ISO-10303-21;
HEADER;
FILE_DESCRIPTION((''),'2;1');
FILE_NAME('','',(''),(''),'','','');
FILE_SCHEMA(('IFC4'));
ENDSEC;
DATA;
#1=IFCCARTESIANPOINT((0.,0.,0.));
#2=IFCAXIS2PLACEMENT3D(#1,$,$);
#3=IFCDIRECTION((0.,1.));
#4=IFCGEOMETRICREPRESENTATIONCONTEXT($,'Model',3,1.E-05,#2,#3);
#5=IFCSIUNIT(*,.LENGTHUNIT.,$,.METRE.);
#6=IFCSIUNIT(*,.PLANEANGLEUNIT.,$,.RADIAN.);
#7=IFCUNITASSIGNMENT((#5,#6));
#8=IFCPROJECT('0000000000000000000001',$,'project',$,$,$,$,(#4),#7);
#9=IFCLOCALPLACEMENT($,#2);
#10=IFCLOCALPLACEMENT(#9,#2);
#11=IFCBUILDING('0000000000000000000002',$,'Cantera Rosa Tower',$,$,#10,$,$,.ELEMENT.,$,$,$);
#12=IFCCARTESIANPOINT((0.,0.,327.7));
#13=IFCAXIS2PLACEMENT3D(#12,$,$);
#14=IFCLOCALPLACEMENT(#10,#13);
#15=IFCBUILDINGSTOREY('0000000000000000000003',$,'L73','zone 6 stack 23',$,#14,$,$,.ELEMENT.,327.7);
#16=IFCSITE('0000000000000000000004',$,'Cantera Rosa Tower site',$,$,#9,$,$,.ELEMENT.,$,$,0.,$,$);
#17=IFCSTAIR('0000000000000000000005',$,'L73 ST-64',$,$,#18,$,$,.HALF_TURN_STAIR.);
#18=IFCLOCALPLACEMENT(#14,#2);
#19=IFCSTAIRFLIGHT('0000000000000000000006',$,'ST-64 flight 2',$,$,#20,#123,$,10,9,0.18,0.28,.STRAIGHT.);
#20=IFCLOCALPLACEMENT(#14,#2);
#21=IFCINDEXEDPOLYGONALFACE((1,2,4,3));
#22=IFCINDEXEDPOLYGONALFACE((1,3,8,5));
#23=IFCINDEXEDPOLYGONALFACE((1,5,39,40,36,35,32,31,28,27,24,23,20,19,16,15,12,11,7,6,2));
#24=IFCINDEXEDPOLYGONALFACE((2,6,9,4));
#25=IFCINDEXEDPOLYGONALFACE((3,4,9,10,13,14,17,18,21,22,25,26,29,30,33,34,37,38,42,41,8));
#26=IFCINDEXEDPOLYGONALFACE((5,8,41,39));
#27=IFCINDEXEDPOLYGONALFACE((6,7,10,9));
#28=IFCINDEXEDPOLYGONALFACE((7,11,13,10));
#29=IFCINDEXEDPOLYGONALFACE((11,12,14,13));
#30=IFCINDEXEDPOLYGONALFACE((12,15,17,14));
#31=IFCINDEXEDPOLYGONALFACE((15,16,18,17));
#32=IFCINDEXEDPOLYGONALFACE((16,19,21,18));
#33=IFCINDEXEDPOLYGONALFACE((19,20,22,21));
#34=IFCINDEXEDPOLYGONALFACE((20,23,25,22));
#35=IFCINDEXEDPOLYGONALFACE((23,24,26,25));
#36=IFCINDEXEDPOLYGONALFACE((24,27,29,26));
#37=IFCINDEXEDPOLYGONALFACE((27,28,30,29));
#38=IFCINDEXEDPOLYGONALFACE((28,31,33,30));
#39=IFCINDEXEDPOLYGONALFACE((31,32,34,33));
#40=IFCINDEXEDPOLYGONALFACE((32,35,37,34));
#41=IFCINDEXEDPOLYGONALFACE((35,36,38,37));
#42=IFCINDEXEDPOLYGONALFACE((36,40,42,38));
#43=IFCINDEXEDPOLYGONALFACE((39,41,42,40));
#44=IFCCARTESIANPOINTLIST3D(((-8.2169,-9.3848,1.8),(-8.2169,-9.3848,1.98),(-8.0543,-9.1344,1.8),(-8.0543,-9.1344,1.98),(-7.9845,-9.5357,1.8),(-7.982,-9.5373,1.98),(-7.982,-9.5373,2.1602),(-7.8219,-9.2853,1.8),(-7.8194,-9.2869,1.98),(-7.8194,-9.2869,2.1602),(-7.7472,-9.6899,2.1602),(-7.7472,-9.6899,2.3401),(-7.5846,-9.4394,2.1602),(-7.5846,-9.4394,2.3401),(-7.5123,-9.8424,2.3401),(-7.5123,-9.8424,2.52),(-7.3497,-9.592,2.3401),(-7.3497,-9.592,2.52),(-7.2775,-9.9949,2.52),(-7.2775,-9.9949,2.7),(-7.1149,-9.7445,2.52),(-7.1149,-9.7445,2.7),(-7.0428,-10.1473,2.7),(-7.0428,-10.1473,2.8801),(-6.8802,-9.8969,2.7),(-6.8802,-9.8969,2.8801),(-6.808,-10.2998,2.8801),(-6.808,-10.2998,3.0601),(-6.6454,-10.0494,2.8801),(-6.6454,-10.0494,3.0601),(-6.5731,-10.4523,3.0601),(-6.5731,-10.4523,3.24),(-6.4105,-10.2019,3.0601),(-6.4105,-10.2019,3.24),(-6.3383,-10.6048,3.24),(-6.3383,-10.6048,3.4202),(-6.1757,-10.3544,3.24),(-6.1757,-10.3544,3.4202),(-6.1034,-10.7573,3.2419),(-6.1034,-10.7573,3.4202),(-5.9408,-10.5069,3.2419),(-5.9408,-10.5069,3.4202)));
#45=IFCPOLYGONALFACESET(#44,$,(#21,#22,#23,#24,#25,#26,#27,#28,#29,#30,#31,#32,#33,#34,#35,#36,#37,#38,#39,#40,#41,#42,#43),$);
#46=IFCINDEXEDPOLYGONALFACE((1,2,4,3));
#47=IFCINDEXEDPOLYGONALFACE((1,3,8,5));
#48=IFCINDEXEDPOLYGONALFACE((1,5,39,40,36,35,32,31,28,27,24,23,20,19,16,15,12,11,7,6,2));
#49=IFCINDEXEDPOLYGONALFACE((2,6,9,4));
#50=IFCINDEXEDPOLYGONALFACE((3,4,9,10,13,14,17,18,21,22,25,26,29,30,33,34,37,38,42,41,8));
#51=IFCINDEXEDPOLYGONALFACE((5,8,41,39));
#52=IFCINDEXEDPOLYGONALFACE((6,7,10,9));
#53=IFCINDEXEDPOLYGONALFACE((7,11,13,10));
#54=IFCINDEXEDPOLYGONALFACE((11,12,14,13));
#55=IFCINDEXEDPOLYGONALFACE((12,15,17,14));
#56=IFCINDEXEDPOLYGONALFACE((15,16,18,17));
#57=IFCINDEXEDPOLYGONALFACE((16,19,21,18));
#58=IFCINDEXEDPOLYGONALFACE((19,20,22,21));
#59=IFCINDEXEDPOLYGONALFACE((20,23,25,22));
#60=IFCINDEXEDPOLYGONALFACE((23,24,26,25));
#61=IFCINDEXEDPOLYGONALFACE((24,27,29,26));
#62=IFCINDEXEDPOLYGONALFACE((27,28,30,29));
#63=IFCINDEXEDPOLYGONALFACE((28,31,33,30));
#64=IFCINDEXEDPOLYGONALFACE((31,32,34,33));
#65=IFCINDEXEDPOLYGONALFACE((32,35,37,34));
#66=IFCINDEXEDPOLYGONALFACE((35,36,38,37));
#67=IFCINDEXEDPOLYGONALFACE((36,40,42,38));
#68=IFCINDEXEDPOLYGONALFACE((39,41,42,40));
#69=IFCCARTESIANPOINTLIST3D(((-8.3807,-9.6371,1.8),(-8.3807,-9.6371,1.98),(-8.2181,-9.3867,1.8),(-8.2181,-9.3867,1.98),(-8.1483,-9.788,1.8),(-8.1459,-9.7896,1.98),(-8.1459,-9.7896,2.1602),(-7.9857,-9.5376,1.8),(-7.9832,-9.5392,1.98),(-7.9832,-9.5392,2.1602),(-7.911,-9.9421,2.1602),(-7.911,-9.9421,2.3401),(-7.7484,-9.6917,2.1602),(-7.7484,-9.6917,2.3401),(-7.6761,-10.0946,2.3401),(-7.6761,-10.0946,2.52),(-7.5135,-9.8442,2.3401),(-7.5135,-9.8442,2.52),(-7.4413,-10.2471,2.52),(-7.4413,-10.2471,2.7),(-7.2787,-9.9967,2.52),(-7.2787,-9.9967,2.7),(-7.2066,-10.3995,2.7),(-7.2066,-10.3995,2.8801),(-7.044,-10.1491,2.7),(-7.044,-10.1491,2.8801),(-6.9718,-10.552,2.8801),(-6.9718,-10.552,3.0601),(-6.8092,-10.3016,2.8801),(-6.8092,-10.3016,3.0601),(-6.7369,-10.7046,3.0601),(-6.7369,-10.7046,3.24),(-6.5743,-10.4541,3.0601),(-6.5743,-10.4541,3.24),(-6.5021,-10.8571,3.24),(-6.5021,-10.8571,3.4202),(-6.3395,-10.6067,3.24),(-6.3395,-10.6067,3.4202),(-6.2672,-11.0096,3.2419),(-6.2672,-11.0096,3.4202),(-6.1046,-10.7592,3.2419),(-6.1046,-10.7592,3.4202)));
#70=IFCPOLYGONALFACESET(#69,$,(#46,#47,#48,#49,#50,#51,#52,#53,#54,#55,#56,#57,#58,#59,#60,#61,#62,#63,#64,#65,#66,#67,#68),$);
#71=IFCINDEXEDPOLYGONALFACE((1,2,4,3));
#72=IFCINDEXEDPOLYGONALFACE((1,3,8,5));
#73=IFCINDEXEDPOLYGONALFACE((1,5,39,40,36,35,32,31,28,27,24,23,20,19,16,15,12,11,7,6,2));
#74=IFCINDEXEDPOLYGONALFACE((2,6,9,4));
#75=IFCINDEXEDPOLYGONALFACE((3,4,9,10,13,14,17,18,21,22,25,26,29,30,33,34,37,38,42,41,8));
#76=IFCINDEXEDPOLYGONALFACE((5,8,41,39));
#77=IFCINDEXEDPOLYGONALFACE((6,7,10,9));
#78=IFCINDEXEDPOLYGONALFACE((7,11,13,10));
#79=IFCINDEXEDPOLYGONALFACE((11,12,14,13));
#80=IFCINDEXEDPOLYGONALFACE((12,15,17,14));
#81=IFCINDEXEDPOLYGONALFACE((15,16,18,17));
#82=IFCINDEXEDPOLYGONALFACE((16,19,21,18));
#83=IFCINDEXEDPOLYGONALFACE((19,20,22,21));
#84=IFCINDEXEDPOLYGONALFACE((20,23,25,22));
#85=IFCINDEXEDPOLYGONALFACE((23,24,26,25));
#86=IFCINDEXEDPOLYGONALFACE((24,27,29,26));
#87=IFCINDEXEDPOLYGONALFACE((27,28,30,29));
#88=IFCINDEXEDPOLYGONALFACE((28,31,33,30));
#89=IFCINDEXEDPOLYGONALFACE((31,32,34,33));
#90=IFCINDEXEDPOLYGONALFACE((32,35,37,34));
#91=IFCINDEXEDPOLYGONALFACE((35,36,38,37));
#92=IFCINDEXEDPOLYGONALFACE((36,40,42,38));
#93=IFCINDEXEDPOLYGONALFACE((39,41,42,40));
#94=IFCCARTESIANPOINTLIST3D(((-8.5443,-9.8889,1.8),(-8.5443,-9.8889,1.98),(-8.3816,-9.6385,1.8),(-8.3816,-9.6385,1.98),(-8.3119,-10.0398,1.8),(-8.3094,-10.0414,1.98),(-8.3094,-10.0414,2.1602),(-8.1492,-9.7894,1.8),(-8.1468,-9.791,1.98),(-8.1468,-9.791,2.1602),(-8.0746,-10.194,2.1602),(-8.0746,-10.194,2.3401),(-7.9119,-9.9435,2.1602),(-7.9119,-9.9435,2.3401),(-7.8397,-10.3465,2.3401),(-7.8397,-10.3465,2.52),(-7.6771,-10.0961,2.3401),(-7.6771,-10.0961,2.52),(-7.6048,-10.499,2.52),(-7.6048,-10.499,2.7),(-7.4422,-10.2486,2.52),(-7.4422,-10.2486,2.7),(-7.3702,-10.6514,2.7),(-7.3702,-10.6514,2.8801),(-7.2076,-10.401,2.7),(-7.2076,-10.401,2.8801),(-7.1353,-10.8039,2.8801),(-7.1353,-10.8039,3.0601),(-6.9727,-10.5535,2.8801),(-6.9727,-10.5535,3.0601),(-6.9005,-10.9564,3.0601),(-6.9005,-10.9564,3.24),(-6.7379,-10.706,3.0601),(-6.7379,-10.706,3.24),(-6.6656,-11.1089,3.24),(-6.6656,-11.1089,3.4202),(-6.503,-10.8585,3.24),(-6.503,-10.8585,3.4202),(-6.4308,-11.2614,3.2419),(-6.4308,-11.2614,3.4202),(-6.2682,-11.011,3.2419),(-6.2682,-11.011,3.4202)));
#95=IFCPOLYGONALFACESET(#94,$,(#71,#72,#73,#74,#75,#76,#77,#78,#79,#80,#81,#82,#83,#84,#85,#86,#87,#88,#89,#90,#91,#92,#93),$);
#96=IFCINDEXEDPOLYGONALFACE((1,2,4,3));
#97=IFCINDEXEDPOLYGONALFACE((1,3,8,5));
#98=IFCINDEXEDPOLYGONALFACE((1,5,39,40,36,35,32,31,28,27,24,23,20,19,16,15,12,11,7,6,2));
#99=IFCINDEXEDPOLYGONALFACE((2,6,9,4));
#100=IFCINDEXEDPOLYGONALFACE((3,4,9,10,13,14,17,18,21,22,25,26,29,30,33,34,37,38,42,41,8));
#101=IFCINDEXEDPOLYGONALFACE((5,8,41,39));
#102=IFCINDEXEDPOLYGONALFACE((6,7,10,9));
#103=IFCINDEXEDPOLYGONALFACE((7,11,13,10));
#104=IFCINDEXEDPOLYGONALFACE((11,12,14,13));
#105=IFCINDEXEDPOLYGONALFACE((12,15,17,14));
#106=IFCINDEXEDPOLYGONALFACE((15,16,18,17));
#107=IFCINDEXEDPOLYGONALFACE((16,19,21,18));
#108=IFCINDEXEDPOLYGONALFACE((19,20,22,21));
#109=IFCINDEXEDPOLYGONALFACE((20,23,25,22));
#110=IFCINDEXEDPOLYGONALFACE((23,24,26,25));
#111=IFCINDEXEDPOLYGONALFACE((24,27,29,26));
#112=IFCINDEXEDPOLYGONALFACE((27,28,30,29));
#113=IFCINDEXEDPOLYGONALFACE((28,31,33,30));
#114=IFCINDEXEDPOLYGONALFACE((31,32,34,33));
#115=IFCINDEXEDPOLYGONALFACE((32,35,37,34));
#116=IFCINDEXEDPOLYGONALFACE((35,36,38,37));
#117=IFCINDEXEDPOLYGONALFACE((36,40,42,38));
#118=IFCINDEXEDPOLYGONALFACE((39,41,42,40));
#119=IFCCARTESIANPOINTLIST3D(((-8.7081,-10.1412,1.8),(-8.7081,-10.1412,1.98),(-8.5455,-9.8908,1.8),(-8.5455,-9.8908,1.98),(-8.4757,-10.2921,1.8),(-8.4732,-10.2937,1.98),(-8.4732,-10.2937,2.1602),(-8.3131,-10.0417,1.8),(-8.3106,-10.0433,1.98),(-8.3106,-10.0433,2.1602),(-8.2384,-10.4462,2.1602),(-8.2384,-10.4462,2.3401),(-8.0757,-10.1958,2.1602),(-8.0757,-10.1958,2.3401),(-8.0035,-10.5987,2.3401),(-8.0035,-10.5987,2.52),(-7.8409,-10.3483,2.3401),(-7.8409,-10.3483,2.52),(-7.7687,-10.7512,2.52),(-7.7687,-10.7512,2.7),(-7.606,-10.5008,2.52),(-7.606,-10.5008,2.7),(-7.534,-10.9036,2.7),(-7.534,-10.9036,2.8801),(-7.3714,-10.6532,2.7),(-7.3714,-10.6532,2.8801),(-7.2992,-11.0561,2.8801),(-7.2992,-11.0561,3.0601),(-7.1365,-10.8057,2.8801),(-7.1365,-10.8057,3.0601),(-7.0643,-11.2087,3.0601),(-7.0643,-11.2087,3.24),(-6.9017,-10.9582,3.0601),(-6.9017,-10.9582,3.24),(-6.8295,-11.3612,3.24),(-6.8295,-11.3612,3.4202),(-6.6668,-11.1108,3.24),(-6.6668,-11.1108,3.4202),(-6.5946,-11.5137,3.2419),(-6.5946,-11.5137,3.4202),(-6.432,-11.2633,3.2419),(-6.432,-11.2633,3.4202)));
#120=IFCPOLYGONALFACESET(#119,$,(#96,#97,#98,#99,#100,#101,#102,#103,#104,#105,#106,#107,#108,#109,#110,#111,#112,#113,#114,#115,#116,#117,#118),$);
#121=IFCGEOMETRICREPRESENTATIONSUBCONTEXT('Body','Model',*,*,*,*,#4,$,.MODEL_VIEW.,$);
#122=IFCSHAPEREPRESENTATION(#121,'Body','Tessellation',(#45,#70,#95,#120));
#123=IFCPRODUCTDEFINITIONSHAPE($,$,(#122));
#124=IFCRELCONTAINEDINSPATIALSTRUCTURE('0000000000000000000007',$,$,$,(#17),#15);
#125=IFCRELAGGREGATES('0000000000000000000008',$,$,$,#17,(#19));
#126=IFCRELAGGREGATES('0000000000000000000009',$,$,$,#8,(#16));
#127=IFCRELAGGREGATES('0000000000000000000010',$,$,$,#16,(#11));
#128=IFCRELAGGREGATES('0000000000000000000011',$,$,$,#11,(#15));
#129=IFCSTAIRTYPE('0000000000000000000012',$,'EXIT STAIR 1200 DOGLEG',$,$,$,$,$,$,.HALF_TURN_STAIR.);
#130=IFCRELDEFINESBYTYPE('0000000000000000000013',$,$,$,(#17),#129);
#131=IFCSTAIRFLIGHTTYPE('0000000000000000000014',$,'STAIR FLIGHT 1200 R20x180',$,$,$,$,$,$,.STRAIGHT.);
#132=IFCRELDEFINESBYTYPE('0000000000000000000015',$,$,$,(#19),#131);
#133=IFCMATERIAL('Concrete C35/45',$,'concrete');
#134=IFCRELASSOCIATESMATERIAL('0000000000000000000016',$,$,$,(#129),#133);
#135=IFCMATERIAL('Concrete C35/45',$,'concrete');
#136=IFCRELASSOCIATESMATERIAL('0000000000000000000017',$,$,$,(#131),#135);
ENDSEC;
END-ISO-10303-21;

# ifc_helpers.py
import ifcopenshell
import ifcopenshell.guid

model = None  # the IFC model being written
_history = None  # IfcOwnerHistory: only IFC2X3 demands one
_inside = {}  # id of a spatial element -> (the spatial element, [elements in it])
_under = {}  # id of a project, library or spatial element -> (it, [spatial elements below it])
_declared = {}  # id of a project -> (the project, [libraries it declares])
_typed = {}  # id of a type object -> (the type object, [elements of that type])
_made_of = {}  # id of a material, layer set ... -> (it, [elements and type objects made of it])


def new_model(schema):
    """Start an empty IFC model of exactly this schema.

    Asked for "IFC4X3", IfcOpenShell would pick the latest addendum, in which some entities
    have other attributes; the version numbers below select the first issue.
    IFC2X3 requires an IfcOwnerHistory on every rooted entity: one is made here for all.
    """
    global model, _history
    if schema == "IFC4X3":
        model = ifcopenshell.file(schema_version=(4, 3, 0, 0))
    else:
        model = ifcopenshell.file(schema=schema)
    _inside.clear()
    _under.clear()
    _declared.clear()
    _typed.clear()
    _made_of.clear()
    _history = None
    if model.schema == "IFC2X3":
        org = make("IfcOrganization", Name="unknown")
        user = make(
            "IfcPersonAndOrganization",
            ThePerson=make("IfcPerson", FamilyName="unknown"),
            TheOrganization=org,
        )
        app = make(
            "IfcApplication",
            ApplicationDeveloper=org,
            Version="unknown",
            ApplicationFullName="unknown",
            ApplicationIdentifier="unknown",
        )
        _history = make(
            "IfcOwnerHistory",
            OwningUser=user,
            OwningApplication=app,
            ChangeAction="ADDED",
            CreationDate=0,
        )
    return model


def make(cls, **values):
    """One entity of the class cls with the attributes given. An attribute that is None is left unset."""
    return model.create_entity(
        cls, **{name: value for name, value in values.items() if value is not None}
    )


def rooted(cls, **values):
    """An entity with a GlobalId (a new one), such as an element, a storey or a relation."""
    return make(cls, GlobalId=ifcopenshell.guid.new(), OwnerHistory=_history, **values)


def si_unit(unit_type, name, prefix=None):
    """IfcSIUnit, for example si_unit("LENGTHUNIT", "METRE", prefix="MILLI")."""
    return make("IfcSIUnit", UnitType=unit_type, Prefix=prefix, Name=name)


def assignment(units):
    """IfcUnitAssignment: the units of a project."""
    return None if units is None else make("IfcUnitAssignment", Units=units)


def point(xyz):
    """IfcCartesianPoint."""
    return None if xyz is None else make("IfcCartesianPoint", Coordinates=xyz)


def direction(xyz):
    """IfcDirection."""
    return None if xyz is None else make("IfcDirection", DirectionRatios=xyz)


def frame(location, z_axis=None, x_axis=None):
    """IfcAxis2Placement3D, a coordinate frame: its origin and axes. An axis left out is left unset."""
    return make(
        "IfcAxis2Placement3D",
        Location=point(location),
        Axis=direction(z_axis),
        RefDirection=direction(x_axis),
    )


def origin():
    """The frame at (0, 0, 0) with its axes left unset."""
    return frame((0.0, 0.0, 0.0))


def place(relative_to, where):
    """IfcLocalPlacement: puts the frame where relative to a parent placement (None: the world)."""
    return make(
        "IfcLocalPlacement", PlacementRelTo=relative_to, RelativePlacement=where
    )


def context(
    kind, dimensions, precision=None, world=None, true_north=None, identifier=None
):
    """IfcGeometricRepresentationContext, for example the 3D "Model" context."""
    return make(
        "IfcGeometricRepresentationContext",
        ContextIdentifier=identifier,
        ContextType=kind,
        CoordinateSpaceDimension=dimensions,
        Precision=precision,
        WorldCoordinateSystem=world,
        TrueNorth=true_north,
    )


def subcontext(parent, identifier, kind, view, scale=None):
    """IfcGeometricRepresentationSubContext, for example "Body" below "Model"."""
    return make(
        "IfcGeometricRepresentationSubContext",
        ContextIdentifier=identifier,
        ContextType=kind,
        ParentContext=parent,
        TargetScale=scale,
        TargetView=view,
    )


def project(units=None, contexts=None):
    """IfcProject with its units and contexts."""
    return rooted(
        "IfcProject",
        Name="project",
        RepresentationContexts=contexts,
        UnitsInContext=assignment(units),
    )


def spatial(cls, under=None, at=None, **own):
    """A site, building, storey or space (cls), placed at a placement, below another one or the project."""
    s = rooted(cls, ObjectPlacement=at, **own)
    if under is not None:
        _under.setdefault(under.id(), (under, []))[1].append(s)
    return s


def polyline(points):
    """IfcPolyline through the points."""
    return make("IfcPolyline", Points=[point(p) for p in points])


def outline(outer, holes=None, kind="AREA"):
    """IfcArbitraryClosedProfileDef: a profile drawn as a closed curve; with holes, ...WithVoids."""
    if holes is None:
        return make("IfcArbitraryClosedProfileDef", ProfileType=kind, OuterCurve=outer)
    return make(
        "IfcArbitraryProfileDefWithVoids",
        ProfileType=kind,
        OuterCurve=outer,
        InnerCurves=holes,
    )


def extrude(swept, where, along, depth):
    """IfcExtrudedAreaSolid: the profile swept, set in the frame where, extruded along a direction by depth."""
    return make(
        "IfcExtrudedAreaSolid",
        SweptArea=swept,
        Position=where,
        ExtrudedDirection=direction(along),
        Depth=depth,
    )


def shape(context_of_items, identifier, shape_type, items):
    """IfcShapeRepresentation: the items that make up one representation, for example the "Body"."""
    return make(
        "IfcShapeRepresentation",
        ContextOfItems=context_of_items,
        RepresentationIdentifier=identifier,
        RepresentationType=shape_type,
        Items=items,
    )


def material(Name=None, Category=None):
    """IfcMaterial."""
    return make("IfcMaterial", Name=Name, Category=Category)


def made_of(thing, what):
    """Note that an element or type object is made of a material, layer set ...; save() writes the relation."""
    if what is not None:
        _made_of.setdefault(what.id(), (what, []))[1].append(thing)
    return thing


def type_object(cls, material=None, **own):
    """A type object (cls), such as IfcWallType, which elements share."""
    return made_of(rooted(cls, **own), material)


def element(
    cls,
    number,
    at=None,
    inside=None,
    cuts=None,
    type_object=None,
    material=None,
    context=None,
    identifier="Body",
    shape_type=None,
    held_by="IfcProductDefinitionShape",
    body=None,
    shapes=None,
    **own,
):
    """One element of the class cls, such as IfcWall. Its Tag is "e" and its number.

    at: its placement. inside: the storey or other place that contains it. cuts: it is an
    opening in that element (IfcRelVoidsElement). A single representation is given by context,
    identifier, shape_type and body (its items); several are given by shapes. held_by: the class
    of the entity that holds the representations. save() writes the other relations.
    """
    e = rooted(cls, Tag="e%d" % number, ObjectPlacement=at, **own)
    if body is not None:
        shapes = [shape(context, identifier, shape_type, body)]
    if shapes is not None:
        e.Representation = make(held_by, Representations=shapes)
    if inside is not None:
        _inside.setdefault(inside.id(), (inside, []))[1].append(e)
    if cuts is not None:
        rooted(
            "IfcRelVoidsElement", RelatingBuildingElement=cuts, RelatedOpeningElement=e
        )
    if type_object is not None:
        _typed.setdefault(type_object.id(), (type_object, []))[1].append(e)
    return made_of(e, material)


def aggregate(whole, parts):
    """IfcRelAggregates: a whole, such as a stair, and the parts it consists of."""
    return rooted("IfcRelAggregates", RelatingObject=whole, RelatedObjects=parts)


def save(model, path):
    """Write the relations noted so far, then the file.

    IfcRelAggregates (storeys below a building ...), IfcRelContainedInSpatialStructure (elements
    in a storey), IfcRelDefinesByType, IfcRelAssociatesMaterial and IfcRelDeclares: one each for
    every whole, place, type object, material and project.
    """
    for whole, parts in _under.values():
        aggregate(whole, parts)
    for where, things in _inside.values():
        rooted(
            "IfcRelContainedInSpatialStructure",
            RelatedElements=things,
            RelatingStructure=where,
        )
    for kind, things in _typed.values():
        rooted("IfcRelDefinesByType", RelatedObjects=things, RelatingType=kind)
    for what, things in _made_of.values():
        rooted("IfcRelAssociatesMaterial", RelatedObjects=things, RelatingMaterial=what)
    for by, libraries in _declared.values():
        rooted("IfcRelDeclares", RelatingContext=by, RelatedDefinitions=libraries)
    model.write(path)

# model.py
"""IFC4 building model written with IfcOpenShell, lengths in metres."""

from ifc_helpers import new_model, si_unit, direction, frame, origin, place, context, subcontext, project, spatial, polyline, outline, extrude, material, type_object, element, aggregate, save


model = new_model("IFC4")

# Units and contexts
model_context = context("Model", 3, precision=1e-05, world=origin(), true_north=direction((0.0, 1.0)))
body_context = subcontext(model_context, "Body", "Model", "MODEL_VIEW")
ifc_project = project(units=[si_unit("LENGTHUNIT", "METRE"), si_unit("PLANEANGLEUNIT", "RADIAN")], contexts=[model_context])

# Site, building, storey
site_placement = place(None, origin())
site = spatial("IfcSite", under=ifc_project, at=site_placement, Name="Cantera Rosa Tower site", CompositionType="ELEMENT", RefElevation=0.0)
building_placement = place(site_placement, origin())
building = spatial("IfcBuilding", under=site, at=building_placement, Name="Cantera Rosa Tower", CompositionType="ELEMENT")
storey_placement = place(building_placement, frame((0.0, 0.0, 327.7)))
storey = spatial("IfcBuildingStorey", under=building, at=storey_placement, Name="L73", Description="zone 6 stack 23", CompositionType="ELEMENT", Elevation=327.7)

# Stair, stair flight
ifc_material_1 = material(Name="Concrete C35/45", Category="concrete")
stair_type = type_object("IfcStairType", Name="EXIT STAIR 1200 DOGLEG", PredefinedType="HALF_TURN_STAIR", material=ifc_material_1)
stair_placement = place(storey_placement, origin())
stair = element("IfcStair", 1, at=stair_placement, inside=storey, type_object=stair_type, Name="L73 ST-64", PredefinedType="HALF_TURN_STAIR")
ifc_material_2 = material(Name="Concrete C35/45", Category="concrete")
stair_flight_type = type_object("IfcStairFlightType", Name="STAIR FLIGHT 1200 R20x180", PredefinedType="STRAIGHT", material=ifc_material_2)
stair_flight_placement = place(storey_placement, frame((-8.3811, -9.6377, 1.8), z_axis=(0.0, 0.0, 1.0), x_axis=(0.838671, -0.544639, 0.0)))
stair_flight = element("IfcStairFlight", 2, at=stair_flight_placement, type_object=stair_flight_type, Name="ST-64 flight 2", NumberOfRisers=10, NumberOfTreads=9, PredefinedType="STRAIGHT", RiserHeight=0.18, TreadLength=0.28, context=body_context, shape_type="SweptSolid", body=[
    extrude(outline(polyline([(0.0, 0.0), (0.0, 0.1799), (0.28, 0.1799), (0.28, 0.3601), (0.5601, 0.3601), (0.5601, 0.54), (0.8401, 0.54), (0.8401, 0.72), (1.1201, 0.72), (1.1201, 0.8999), (1.3999, 0.8999), (1.3999, 1.0801), (1.6799, 1.0801), (1.6799, 1.26), (1.96, 1.26), (1.96, 1.4399), (2.24, 1.4399), (2.24, 1.6201), (2.52, 1.6201), (2.52, 1.8), (2.52, 1.4419), (0.2771, 0.0), (0.0, 0.0)])), frame((0.0, 0.6001, 0.0), z_axis=(0.0, -1.0, 0.0), x_axis=(1.0, 0.0, 0.0)), (0.0, 0.0, 1.0), 0.2986),
    extrude(outline(polyline([(0.0, 0.0), (0.0, 0.1799), (0.28, 0.1799), (0.28, 0.3601), (0.5601, 0.3601), (0.5601, 0.54), (0.8401, 0.54), (0.8401, 0.72), (1.1201, 0.72), (1.1201, 0.8999), (1.3999, 0.8999), (1.3999, 1.0801), (1.6799, 1.0801), (1.6799, 1.26), (1.96, 1.26), (1.96, 1.4399), (2.24, 1.4399), (2.24, 1.6201), (2.52, 1.6201), (2.52, 1.8), (2.52, 1.4419), (0.2771, 0.0), (0.0, 0.0)])), frame((0.0, 0.2993, 0.0), z_axis=(0.0, -1.0, 0.0), x_axis=(1.0, 0.0, 0.0)), (0.0, 0.0, 1.0), 0.2986),
    extrude(outline(polyline([(0.0, 0.0), (0.0, 0.1799), (0.28, 0.1799), (0.28, 0.3601), (0.5601, 0.3601), (0.5601, 0.54), (0.8401, 0.54), (0.8401, 0.72), (1.1201, 0.72), (1.1201, 0.8999), (1.3999, 0.8999), (1.3999, 1.0801), (1.6799, 1.0801), (1.6799, 1.26), (1.96, 1.26), (1.96, 1.4399), (2.24, 1.4399), (2.24, 1.6201), (2.52, 1.6201), (2.52, 1.8), (2.52, 1.4419), (0.2771, 0.0), (0.0, 0.0)])), frame((0.0, -0.001, 0.0), z_axis=(0.0, -1.0, 0.0), x_axis=(1.0, 0.0, 0.0)), (0.0, 0.0, 1.0), 0.2986),
    extrude(outline(polyline([(0.0, 0.0), (0.0, 0.1799), (0.28, 0.1799), (0.28, 0.3601), (0.5601, 0.3601), (0.5601, 0.54), (0.8401, 0.54), (0.8401, 0.72), (1.1201, 0.72), (1.1201, 0.8999), (1.3999, 0.8999), (1.3999, 1.0801), (1.6799, 1.0801), (1.6799, 1.26), (1.96, 1.26), (1.96, 1.4399), (2.24, 1.4399), (2.24, 1.6201), (2.52, 1.6201), (2.52, 1.8), (2.52, 1.4419), (0.2771, 0.0), (0.0, 0.0)])), frame((0.0, -0.3018, 0.0), z_axis=(0.0, -1.0, 0.0), x_axis=(1.0, 0.0, 0.0)), (0.0, 0.0, 1.0), 0.2986),
])
aggregate(stair, [stair_flight])

save(model, "model.ifc")
